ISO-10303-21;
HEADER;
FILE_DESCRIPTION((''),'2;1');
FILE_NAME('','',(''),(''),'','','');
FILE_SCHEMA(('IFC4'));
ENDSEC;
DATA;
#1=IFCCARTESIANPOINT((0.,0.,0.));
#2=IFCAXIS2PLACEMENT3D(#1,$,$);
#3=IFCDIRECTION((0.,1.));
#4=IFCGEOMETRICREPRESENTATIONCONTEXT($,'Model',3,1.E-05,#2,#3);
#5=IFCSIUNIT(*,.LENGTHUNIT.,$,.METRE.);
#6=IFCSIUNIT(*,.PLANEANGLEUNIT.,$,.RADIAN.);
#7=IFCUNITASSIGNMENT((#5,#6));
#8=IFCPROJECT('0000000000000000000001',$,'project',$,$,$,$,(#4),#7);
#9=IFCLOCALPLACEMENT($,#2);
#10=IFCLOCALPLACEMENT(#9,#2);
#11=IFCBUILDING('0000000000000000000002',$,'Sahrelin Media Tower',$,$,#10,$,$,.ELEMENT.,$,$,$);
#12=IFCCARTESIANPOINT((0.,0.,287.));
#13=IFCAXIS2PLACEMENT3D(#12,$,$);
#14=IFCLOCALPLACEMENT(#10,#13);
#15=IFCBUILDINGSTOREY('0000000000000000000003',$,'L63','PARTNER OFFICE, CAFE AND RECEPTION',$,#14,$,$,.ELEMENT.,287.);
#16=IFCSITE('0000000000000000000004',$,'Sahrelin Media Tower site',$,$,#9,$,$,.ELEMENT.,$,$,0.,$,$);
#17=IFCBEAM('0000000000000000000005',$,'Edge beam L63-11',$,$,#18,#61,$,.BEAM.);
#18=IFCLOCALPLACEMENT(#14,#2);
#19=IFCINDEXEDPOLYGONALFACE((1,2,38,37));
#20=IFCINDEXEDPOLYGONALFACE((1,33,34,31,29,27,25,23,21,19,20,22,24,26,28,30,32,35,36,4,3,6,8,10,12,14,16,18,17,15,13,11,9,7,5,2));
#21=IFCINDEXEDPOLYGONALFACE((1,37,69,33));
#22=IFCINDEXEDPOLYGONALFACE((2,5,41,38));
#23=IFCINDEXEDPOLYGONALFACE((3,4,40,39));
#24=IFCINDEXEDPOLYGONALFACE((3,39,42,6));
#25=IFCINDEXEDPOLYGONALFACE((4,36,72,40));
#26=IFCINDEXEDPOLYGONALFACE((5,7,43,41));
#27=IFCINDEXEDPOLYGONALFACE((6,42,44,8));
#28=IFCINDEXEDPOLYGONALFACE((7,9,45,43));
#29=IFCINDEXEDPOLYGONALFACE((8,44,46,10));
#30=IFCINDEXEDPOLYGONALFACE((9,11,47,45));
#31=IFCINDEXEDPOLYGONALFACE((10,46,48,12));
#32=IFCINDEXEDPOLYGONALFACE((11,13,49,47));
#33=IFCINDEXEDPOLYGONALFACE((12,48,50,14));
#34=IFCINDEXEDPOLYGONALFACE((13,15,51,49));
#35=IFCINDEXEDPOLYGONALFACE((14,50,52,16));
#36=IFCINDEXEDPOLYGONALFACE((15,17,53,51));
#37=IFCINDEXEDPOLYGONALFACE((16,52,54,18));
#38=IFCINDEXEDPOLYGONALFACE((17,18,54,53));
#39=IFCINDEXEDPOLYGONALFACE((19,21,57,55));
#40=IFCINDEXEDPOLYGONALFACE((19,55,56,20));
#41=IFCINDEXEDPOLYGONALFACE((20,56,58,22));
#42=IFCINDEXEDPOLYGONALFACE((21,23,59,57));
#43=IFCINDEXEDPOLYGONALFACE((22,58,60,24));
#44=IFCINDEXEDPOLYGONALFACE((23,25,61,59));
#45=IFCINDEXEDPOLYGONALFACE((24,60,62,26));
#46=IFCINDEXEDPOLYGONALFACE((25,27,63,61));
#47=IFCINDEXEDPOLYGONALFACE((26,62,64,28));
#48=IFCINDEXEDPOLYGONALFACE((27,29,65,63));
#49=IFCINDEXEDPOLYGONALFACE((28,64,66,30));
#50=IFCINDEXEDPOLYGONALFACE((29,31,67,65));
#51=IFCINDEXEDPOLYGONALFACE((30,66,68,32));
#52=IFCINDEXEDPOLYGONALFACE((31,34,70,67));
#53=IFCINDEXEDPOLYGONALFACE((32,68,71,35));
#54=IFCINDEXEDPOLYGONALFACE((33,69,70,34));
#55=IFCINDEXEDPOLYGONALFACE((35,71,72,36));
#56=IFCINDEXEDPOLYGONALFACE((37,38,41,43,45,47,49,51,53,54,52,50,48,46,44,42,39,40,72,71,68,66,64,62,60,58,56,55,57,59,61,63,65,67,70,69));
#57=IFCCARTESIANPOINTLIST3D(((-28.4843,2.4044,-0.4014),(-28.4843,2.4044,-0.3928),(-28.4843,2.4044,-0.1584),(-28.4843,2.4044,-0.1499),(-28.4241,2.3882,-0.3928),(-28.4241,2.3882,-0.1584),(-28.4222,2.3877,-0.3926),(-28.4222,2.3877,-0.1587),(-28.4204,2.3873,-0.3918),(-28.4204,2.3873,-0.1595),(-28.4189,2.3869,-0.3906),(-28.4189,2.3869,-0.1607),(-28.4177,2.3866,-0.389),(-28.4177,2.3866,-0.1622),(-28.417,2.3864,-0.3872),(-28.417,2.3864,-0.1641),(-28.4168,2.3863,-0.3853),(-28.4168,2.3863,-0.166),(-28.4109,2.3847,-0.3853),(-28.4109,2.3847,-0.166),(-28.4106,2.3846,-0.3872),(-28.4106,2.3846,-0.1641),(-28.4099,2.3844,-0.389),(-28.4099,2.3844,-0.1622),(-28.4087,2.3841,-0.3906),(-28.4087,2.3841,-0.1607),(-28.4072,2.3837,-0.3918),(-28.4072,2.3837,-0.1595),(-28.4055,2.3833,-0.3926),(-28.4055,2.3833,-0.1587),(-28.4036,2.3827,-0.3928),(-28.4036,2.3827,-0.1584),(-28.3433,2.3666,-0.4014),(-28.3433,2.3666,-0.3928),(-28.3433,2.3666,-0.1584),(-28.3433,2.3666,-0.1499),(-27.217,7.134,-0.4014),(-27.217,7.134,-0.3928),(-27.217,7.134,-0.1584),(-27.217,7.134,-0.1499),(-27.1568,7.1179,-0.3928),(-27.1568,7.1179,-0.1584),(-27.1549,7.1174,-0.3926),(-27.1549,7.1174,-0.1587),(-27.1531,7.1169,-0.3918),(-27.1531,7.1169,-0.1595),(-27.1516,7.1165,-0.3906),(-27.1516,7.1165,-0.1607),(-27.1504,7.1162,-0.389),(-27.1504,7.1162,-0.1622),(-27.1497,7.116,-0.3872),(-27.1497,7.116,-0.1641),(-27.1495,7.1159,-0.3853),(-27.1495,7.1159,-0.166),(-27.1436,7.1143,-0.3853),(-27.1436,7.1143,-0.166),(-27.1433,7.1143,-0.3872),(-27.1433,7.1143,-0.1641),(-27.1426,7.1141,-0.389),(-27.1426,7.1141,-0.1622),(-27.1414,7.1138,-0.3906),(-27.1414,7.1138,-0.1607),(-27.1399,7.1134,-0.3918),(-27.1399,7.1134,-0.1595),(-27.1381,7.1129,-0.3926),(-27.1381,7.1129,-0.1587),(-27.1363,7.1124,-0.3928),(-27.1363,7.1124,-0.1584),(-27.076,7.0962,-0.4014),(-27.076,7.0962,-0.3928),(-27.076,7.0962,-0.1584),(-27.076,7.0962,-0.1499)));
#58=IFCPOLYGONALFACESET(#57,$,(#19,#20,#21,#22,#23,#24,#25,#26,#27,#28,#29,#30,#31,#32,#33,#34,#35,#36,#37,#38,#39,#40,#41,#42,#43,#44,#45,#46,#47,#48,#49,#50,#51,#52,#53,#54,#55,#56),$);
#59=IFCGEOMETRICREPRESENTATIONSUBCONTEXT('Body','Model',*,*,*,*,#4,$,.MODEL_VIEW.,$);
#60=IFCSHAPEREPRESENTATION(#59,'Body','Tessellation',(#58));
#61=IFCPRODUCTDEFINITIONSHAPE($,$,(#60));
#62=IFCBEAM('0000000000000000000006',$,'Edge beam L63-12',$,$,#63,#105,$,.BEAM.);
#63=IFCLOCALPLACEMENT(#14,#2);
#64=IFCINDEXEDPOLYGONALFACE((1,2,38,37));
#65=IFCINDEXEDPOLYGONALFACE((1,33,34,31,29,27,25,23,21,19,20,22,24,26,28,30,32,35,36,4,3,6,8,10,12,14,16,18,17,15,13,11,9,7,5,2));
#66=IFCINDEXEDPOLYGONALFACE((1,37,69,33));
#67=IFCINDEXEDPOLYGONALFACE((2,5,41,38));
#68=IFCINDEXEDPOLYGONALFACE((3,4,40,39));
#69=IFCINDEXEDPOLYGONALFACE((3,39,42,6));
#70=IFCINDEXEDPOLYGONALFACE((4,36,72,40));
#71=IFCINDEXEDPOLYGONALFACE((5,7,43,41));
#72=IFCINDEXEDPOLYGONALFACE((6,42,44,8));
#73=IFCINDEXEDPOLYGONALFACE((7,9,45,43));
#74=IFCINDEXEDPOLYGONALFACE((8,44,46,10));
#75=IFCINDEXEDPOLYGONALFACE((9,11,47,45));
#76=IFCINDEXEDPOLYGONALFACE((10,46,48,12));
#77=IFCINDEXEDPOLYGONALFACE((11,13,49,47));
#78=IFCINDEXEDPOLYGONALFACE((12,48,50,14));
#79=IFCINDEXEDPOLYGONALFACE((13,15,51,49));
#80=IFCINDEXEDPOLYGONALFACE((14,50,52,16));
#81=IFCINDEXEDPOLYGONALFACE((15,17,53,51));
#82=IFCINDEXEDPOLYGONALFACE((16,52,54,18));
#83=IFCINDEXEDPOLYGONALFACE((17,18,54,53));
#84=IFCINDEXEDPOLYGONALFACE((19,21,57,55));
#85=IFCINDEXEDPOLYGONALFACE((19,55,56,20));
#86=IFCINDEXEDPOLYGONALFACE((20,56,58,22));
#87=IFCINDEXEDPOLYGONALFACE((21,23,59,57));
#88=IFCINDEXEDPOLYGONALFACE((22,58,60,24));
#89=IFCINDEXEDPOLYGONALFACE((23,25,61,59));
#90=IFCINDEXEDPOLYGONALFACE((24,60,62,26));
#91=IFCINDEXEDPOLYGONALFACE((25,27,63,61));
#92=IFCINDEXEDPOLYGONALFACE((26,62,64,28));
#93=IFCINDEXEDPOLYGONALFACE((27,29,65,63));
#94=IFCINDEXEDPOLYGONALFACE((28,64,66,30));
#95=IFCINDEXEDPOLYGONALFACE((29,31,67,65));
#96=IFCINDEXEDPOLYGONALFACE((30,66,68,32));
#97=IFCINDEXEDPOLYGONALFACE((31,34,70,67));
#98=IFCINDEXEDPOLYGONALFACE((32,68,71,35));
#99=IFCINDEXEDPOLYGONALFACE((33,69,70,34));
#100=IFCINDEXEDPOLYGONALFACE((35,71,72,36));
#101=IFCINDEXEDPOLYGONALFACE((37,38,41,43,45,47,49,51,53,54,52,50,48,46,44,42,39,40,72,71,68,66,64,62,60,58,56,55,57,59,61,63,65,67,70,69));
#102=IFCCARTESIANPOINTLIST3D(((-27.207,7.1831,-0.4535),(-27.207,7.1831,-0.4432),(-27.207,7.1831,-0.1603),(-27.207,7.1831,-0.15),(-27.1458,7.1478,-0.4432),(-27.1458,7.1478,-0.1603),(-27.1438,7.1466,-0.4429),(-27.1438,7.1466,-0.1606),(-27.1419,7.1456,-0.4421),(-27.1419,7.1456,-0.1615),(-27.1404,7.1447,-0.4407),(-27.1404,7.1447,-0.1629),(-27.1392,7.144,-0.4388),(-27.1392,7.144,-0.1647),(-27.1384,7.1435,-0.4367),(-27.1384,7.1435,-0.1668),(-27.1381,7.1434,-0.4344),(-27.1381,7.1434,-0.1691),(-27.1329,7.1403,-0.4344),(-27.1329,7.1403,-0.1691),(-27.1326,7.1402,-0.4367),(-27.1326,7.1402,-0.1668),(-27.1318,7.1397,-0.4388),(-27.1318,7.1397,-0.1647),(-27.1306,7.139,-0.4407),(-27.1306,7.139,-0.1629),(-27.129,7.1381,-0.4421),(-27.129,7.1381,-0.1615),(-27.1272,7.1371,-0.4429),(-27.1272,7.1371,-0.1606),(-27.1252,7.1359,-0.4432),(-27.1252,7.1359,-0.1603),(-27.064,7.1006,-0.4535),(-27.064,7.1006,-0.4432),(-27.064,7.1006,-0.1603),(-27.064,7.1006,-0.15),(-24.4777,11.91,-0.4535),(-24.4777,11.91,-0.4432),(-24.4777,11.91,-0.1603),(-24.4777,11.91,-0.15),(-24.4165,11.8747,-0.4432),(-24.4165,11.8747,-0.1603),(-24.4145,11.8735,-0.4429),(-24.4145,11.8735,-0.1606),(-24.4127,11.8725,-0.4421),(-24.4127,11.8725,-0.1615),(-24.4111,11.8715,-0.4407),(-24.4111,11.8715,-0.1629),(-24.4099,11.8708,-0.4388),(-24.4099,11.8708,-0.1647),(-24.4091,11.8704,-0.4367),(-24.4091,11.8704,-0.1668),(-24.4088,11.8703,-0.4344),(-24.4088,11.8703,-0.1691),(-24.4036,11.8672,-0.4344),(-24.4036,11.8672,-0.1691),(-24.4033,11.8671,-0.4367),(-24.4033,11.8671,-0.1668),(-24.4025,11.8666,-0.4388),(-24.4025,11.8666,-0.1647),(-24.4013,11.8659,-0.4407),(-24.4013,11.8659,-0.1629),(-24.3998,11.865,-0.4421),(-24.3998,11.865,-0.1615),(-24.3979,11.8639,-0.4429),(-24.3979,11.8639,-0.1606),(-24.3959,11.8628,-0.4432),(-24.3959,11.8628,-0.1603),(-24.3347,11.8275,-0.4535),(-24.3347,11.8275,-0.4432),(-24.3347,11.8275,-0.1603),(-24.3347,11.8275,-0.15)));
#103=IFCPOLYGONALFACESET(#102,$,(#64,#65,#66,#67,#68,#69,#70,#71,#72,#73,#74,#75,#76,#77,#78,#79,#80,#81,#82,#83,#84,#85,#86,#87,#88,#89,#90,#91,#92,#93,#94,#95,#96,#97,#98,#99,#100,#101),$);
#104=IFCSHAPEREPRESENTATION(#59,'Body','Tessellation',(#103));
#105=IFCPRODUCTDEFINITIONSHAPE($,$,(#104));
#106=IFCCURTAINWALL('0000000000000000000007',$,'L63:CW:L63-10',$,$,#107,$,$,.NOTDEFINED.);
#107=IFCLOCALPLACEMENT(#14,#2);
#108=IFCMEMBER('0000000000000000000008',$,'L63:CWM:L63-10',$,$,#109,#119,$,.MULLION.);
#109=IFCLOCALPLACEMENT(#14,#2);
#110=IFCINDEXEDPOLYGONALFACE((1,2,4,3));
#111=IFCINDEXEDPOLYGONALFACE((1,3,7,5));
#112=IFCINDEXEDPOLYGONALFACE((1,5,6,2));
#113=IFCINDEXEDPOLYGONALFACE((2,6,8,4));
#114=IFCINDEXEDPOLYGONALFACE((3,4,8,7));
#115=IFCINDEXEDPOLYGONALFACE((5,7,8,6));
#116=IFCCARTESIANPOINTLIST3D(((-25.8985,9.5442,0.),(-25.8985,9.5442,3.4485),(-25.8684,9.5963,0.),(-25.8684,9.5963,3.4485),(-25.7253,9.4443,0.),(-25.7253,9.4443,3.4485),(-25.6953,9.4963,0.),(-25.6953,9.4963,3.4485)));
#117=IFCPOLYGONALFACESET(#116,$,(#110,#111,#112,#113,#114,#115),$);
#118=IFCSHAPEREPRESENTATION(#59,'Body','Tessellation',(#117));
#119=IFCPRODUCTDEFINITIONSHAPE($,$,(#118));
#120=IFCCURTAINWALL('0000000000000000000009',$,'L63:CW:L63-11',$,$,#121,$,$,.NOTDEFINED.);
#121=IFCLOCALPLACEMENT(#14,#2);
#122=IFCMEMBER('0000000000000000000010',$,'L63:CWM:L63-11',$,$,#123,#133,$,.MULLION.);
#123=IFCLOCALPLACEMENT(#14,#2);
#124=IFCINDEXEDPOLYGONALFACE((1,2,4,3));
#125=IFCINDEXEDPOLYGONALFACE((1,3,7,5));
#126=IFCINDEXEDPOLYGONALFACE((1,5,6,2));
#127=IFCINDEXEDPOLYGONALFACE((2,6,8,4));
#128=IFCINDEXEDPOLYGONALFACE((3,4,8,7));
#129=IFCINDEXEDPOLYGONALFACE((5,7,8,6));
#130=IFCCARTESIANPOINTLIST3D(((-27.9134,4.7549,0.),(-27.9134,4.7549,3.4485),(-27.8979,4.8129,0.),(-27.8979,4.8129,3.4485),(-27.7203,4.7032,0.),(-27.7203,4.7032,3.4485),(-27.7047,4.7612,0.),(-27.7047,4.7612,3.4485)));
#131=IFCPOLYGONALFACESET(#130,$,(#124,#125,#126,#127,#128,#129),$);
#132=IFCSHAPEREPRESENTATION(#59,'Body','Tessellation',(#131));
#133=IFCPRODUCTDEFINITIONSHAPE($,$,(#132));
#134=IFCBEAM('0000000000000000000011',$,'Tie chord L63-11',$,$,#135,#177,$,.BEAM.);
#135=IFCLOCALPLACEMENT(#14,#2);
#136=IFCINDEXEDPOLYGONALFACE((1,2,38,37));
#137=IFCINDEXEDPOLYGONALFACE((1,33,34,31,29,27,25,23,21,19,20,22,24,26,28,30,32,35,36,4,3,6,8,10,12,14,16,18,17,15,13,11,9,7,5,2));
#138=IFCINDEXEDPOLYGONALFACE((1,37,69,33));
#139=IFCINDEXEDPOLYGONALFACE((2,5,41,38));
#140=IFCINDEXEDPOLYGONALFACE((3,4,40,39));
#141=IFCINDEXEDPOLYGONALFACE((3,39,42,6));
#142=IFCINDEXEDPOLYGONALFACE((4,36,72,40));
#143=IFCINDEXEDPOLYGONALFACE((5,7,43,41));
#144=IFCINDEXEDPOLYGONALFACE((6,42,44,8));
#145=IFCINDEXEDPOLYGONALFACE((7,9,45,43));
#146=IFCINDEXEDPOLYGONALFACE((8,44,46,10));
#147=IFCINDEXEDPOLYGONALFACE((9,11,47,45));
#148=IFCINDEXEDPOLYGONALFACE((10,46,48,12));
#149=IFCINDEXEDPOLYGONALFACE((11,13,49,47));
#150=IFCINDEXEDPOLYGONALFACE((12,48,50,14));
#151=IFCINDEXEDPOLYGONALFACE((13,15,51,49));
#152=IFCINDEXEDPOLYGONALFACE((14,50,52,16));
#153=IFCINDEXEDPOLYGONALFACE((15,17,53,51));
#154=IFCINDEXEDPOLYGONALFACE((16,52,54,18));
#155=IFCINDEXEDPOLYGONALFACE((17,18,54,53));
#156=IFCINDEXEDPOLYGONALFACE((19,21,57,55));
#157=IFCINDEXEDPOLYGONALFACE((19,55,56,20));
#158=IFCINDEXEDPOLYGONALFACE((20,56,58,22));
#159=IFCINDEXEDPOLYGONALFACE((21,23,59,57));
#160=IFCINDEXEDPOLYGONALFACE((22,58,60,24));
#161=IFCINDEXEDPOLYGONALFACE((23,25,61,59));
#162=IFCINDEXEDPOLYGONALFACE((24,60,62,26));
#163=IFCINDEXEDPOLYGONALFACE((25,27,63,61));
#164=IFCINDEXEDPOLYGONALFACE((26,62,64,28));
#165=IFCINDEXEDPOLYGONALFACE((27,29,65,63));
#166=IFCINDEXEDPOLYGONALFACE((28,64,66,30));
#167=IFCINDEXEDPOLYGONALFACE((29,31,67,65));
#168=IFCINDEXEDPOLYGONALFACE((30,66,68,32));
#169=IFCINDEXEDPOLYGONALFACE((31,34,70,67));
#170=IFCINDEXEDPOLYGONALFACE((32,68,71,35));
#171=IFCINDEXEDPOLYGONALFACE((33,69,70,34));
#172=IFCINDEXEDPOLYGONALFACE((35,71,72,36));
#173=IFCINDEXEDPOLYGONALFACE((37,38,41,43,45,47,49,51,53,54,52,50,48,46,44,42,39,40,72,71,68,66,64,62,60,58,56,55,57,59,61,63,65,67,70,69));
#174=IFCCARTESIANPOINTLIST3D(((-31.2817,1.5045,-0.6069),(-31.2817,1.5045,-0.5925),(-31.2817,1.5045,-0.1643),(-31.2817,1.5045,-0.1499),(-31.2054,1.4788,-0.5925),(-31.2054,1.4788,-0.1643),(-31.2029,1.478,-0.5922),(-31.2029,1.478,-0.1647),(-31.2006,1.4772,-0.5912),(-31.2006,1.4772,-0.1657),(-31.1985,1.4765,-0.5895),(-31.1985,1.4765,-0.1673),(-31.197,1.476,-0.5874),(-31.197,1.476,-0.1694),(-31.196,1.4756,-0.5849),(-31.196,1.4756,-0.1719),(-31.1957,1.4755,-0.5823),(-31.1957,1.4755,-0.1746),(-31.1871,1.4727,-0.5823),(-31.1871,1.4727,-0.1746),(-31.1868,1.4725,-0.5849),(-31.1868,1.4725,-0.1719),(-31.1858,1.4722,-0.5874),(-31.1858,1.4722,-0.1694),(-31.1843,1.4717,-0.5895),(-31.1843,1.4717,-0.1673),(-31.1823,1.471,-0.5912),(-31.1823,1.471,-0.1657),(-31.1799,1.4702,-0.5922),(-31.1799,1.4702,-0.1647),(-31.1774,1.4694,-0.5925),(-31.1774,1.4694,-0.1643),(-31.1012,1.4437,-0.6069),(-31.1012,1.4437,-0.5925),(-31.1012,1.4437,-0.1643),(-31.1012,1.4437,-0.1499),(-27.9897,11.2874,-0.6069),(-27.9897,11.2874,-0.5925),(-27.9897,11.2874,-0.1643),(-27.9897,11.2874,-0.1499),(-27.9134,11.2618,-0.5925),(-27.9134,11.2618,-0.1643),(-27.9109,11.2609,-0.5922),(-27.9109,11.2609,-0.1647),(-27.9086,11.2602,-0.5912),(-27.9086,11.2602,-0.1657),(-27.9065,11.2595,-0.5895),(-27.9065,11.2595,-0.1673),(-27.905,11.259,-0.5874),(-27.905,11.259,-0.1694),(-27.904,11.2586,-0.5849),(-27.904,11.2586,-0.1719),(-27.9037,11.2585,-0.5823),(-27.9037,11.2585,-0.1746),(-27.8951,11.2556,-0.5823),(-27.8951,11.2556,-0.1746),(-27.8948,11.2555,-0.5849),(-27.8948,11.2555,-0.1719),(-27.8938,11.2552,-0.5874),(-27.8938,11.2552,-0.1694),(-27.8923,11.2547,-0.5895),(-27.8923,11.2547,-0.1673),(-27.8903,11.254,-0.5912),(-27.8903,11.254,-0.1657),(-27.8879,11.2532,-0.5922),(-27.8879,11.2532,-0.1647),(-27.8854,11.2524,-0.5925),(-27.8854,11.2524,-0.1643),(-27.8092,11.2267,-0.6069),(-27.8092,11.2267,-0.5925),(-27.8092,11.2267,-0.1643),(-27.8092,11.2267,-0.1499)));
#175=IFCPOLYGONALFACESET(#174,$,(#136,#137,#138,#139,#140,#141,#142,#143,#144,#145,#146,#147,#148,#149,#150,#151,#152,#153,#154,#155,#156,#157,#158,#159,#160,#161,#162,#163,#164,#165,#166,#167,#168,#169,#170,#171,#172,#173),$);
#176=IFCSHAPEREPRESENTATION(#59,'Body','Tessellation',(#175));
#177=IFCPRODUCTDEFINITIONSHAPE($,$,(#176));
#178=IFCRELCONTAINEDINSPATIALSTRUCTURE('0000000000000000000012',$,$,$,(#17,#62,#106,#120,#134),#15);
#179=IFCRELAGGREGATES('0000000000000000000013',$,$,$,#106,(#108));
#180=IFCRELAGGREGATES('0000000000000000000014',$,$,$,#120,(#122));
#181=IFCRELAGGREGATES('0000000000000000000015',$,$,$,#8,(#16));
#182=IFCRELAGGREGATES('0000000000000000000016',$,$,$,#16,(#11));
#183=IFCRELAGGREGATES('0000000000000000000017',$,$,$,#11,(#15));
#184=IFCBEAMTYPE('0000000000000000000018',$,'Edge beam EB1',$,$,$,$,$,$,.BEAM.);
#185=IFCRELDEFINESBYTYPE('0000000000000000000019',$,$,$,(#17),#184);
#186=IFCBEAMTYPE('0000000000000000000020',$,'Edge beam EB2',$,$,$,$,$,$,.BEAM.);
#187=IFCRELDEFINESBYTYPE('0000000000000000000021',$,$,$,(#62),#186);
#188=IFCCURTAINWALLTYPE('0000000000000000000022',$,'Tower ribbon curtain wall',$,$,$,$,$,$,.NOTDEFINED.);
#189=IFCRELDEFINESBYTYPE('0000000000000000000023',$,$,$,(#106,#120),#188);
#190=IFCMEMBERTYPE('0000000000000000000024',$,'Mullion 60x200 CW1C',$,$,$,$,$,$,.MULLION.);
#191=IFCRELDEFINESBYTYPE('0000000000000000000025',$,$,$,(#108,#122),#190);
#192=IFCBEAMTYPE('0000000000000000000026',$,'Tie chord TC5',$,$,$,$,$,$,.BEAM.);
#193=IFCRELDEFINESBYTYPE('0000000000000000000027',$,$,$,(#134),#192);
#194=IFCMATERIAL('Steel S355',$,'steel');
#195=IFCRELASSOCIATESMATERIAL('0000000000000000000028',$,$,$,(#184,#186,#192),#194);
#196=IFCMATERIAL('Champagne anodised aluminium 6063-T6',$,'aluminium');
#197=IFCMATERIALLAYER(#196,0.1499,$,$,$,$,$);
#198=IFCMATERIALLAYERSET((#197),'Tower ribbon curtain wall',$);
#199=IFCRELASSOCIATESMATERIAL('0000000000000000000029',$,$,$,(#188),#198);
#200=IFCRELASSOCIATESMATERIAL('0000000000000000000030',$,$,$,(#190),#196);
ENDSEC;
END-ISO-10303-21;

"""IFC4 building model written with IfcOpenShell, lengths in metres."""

from ifc_helpers import new_model, si_unit, direction, frame, origin, origin_2d, place, context, subcontext, project, spatial, rectangle, i_section, extrude, material, layer, layer_set, material_profile, profile_set, type_object, element, aggregate, save


model = new_model("IFC4")

# Units and contexts
model_context = context("Model", 3, precision=1e-05, world=origin(), true_north=direction((0.0, 1.0)))
body_context = subcontext(model_context, "Body", "Model", "MODEL_VIEW")
ifc_project = project(units=[si_unit("LENGTHUNIT", "METRE"), si_unit("PLANEANGLEUNIT", "RADIAN")], contexts=[model_context])

# Site, building, storey
site_placement = place(None, origin())
site = spatial("IfcSite", under=ifc_project, at=site_placement, Name="Sahrelin Media Tower site", CompositionType="ELEMENT", RefElevation=0.0)
building_placement = place(site_placement, origin())
building = spatial("IfcBuilding", under=site, at=building_placement, Name="Sahrelin Media Tower", CompositionType="ELEMENT")
storey_placement = place(building_placement, frame((0.0, 0.0, 287.0)))
storey = spatial("IfcBuildingStorey", under=building, at=storey_placement, Name="L63", Description="PARTNER OFFICE, CAFE AND RECEPTION", CompositionType="ELEMENT", Elevation=287.0)

# Beams
ifc_material_1 = material(Name="Steel S355", Category="steel")
ifc_material_profile_1 = material_profile(ifc_material_1, i_section(OverallWidth=0.146, OverallDepth=0.2515, WebThickness=0.0061, FlangeThickness=0.0085, FilletRadius=0.0076, at=origin_2d()), Name="UB 254x146x31")
ifc_profile_set_1 = profile_set([ifc_material_profile_1], Name="Steel S355")
beam_type_1 = type_object("IfcBeamType", Name="Edge beam EB1", PredefinedType="BEAM", material=ifc_profile_set_1)
beam_1_placement = place(storey_placement, frame((-28.4138, 2.3855, -0.2756), z_axis=(0.25882, 0.965926, 0.0), x_axis=(-0.965926, 0.25882, 0.0)))
element("IfcBeam", 1, at=beam_1_placement, inside=storey, type_object=beam_type_1, Name="Edge beam L63-11", PredefinedType="BEAM", context=body_context, shape_type="SweptSolid", body=[
    extrude(i_section(OverallWidth=0.146, OverallDepth=0.2515, WebThickness=0.0061, FlangeThickness=0.0085, FilletRadius=0.0076, at=origin_2d()), origin(), (0.0, 0.0, 1.0), 4.8965),
])
ifc_material_profile_2 = material_profile(ifc_material_1, i_section(OverallWidth=0.165, OverallDepth=0.3035, WebThickness=0.0061, FlangeThickness=0.0103, FilletRadius=0.0088, at=origin_2d()), Name="UB 305x165x40")
ifc_profile_set_2 = profile_set([ifc_material_profile_2], Name="Steel S355")
beam_type_2 = type_object("IfcBeamType", Name="Edge beam EB2", PredefinedType="BEAM", material=ifc_profile_set_2)
beam_2_placement = place(storey_placement, frame((-27.1355, 7.1418, -0.3018), z_axis=(0.500031, 0.866008, 0.0), x_axis=(-0.866008, 0.500031, 0.0)))
element("IfcBeam", 2, at=beam_2_placement, inside=storey, type_object=beam_type_2, Name="Edge beam L63-12", PredefinedType="BEAM", context=body_context, shape_type="SweptSolid", body=[
    extrude(i_section(OverallWidth=0.165, OverallDepth=0.3035, WebThickness=0.0061, FlangeThickness=0.0103, FilletRadius=0.0088, at=origin_2d()), origin(), (0.0, 0.0, 1.0), 5.4583),
])

# Curtain walls, members
ifc_material_2 = material(Name="Champagne anodised aluminium 6063-T6", Category="aluminium")
ifc_layer_1 = layer(ifc_material_2, 0.1499)
ifc_layer_set_1 = layer_set([ifc_layer_1], Name="Tower ribbon curtain wall")
curtain_wall_type = type_object("IfcCurtainWallType", Name="Tower ribbon curtain wall", PredefinedType="NOTDEFINED", material=ifc_layer_set_1)
curtain_wall_1_placement = place(storey_placement, frame((-25.9009, 9.5803, 0.0), z_axis=(0.0, 0.0, 1.0), x_axis=(1.0, 0.0, 0.0)))
curtain_wall_1 = element("IfcCurtainWall", 3, at=curtain_wall_1_placement, inside=storey, type_object=curtain_wall_type, Name="L63:CW:L63-10", PredefinedType="NOTDEFINED")
ifc_material_profile_3 = material_profile(ifc_material_2, rectangle(XDim=0.0601, YDim=0.2, at=origin_2d()), Name="Mullion 60x200")
ifc_profile_set_3 = profile_set([ifc_material_profile_3], Name="Champagne anodised aluminium 6063-T6")
member_type_1 = type_object("IfcMemberType", Name="Mullion 60x200 CW1C", PredefinedType="MULLION", material=ifc_profile_set_3)
member_1_placement = place(storey_placement, frame((-25.7969, 9.5203, 0.0), z_axis=(0.0, 0.0, 1.0), x_axis=(-0.500006, -0.866022, 0.0)))
member_1 = element("IfcMember", 4, at=member_1_placement, type_object=member_type_1, Name="L63:CWM:L63-10", PredefinedType="MULLION", context=body_context, shape_type="SweptSolid", body=[
    extrude(rectangle(XDim=0.0601, YDim=0.2, at=origin_2d()), origin(), (0.0, 0.0, 1.0), 3.4485),
])
curtain_wall_2_placement = place(storey_placement, frame((-27.9248, 4.7893, 0.0), z_axis=(0.0, 0.0, 1.0), x_axis=(1.0, 0.0, 0.0)))
curtain_wall_2 = element("IfcCurtainWall", 5, at=curtain_wall_2_placement, inside=storey, type_object=curtain_wall_type, Name="L63:CW:L63-11", PredefinedType="NOTDEFINED")
member_2_placement = place(storey_placement, frame((-27.8091, 4.7581, 0.0), z_axis=(0.0, 0.0, 1.0), x_axis=(-0.258822, -0.965925, 0.0)))
member_2 = element("IfcMember", 6, at=member_2_placement, type_object=member_type_1, Name="L63:CWM:L63-11", PredefinedType="MULLION", context=body_context, shape_type="SweptSolid", body=[
    extrude(rectangle(XDim=0.0601, YDim=0.2, at=origin_2d()), origin(), (0.0, 0.0, 1.0), 3.4485),
])

# Beam
ifc_material_profile_4 = material_profile(ifc_material_1, i_section(OverallWidth=0.1904, OverallDepth=0.457, WebThickness=0.009, FlangeThickness=0.0144, FilletRadius=0.0103, at=origin_2d()), Name="UB 457x191x74")
ifc_profile_set_4 = profile_set([ifc_material_profile_4], Name="Steel S355")
beam_type_3 = type_object("IfcBeamType", Name="Tie chord TC5", PredefinedType="BEAM", material=ifc_profile_set_4)
beam_3_placement = place(storey_placement, frame((-27.8994, 11.2571, -0.3784), z_axis=(-0.31893, -0.947778, 0.0), x_axis=(0.947778, -0.31893, 0.0)))
element("IfcBeam", 7, at=beam_3_placement, inside=storey, type_object=beam_type_3, Name="Tie chord L63-11", PredefinedType="BEAM", context=body_context, shape_type="SweptSolid", body=[
    extrude(i_section(OverallWidth=0.1904, OverallDepth=0.457, WebThickness=0.009, FlangeThickness=0.0144, FilletRadius=0.0103, at=origin_2d()), origin(), (0.0, 0.0, 1.0), 10.322),
])

aggregate(curtain_wall_1, [member_1])

aggregate(curtain_wall_2, [member_2])

save(model, "model.ifc")
